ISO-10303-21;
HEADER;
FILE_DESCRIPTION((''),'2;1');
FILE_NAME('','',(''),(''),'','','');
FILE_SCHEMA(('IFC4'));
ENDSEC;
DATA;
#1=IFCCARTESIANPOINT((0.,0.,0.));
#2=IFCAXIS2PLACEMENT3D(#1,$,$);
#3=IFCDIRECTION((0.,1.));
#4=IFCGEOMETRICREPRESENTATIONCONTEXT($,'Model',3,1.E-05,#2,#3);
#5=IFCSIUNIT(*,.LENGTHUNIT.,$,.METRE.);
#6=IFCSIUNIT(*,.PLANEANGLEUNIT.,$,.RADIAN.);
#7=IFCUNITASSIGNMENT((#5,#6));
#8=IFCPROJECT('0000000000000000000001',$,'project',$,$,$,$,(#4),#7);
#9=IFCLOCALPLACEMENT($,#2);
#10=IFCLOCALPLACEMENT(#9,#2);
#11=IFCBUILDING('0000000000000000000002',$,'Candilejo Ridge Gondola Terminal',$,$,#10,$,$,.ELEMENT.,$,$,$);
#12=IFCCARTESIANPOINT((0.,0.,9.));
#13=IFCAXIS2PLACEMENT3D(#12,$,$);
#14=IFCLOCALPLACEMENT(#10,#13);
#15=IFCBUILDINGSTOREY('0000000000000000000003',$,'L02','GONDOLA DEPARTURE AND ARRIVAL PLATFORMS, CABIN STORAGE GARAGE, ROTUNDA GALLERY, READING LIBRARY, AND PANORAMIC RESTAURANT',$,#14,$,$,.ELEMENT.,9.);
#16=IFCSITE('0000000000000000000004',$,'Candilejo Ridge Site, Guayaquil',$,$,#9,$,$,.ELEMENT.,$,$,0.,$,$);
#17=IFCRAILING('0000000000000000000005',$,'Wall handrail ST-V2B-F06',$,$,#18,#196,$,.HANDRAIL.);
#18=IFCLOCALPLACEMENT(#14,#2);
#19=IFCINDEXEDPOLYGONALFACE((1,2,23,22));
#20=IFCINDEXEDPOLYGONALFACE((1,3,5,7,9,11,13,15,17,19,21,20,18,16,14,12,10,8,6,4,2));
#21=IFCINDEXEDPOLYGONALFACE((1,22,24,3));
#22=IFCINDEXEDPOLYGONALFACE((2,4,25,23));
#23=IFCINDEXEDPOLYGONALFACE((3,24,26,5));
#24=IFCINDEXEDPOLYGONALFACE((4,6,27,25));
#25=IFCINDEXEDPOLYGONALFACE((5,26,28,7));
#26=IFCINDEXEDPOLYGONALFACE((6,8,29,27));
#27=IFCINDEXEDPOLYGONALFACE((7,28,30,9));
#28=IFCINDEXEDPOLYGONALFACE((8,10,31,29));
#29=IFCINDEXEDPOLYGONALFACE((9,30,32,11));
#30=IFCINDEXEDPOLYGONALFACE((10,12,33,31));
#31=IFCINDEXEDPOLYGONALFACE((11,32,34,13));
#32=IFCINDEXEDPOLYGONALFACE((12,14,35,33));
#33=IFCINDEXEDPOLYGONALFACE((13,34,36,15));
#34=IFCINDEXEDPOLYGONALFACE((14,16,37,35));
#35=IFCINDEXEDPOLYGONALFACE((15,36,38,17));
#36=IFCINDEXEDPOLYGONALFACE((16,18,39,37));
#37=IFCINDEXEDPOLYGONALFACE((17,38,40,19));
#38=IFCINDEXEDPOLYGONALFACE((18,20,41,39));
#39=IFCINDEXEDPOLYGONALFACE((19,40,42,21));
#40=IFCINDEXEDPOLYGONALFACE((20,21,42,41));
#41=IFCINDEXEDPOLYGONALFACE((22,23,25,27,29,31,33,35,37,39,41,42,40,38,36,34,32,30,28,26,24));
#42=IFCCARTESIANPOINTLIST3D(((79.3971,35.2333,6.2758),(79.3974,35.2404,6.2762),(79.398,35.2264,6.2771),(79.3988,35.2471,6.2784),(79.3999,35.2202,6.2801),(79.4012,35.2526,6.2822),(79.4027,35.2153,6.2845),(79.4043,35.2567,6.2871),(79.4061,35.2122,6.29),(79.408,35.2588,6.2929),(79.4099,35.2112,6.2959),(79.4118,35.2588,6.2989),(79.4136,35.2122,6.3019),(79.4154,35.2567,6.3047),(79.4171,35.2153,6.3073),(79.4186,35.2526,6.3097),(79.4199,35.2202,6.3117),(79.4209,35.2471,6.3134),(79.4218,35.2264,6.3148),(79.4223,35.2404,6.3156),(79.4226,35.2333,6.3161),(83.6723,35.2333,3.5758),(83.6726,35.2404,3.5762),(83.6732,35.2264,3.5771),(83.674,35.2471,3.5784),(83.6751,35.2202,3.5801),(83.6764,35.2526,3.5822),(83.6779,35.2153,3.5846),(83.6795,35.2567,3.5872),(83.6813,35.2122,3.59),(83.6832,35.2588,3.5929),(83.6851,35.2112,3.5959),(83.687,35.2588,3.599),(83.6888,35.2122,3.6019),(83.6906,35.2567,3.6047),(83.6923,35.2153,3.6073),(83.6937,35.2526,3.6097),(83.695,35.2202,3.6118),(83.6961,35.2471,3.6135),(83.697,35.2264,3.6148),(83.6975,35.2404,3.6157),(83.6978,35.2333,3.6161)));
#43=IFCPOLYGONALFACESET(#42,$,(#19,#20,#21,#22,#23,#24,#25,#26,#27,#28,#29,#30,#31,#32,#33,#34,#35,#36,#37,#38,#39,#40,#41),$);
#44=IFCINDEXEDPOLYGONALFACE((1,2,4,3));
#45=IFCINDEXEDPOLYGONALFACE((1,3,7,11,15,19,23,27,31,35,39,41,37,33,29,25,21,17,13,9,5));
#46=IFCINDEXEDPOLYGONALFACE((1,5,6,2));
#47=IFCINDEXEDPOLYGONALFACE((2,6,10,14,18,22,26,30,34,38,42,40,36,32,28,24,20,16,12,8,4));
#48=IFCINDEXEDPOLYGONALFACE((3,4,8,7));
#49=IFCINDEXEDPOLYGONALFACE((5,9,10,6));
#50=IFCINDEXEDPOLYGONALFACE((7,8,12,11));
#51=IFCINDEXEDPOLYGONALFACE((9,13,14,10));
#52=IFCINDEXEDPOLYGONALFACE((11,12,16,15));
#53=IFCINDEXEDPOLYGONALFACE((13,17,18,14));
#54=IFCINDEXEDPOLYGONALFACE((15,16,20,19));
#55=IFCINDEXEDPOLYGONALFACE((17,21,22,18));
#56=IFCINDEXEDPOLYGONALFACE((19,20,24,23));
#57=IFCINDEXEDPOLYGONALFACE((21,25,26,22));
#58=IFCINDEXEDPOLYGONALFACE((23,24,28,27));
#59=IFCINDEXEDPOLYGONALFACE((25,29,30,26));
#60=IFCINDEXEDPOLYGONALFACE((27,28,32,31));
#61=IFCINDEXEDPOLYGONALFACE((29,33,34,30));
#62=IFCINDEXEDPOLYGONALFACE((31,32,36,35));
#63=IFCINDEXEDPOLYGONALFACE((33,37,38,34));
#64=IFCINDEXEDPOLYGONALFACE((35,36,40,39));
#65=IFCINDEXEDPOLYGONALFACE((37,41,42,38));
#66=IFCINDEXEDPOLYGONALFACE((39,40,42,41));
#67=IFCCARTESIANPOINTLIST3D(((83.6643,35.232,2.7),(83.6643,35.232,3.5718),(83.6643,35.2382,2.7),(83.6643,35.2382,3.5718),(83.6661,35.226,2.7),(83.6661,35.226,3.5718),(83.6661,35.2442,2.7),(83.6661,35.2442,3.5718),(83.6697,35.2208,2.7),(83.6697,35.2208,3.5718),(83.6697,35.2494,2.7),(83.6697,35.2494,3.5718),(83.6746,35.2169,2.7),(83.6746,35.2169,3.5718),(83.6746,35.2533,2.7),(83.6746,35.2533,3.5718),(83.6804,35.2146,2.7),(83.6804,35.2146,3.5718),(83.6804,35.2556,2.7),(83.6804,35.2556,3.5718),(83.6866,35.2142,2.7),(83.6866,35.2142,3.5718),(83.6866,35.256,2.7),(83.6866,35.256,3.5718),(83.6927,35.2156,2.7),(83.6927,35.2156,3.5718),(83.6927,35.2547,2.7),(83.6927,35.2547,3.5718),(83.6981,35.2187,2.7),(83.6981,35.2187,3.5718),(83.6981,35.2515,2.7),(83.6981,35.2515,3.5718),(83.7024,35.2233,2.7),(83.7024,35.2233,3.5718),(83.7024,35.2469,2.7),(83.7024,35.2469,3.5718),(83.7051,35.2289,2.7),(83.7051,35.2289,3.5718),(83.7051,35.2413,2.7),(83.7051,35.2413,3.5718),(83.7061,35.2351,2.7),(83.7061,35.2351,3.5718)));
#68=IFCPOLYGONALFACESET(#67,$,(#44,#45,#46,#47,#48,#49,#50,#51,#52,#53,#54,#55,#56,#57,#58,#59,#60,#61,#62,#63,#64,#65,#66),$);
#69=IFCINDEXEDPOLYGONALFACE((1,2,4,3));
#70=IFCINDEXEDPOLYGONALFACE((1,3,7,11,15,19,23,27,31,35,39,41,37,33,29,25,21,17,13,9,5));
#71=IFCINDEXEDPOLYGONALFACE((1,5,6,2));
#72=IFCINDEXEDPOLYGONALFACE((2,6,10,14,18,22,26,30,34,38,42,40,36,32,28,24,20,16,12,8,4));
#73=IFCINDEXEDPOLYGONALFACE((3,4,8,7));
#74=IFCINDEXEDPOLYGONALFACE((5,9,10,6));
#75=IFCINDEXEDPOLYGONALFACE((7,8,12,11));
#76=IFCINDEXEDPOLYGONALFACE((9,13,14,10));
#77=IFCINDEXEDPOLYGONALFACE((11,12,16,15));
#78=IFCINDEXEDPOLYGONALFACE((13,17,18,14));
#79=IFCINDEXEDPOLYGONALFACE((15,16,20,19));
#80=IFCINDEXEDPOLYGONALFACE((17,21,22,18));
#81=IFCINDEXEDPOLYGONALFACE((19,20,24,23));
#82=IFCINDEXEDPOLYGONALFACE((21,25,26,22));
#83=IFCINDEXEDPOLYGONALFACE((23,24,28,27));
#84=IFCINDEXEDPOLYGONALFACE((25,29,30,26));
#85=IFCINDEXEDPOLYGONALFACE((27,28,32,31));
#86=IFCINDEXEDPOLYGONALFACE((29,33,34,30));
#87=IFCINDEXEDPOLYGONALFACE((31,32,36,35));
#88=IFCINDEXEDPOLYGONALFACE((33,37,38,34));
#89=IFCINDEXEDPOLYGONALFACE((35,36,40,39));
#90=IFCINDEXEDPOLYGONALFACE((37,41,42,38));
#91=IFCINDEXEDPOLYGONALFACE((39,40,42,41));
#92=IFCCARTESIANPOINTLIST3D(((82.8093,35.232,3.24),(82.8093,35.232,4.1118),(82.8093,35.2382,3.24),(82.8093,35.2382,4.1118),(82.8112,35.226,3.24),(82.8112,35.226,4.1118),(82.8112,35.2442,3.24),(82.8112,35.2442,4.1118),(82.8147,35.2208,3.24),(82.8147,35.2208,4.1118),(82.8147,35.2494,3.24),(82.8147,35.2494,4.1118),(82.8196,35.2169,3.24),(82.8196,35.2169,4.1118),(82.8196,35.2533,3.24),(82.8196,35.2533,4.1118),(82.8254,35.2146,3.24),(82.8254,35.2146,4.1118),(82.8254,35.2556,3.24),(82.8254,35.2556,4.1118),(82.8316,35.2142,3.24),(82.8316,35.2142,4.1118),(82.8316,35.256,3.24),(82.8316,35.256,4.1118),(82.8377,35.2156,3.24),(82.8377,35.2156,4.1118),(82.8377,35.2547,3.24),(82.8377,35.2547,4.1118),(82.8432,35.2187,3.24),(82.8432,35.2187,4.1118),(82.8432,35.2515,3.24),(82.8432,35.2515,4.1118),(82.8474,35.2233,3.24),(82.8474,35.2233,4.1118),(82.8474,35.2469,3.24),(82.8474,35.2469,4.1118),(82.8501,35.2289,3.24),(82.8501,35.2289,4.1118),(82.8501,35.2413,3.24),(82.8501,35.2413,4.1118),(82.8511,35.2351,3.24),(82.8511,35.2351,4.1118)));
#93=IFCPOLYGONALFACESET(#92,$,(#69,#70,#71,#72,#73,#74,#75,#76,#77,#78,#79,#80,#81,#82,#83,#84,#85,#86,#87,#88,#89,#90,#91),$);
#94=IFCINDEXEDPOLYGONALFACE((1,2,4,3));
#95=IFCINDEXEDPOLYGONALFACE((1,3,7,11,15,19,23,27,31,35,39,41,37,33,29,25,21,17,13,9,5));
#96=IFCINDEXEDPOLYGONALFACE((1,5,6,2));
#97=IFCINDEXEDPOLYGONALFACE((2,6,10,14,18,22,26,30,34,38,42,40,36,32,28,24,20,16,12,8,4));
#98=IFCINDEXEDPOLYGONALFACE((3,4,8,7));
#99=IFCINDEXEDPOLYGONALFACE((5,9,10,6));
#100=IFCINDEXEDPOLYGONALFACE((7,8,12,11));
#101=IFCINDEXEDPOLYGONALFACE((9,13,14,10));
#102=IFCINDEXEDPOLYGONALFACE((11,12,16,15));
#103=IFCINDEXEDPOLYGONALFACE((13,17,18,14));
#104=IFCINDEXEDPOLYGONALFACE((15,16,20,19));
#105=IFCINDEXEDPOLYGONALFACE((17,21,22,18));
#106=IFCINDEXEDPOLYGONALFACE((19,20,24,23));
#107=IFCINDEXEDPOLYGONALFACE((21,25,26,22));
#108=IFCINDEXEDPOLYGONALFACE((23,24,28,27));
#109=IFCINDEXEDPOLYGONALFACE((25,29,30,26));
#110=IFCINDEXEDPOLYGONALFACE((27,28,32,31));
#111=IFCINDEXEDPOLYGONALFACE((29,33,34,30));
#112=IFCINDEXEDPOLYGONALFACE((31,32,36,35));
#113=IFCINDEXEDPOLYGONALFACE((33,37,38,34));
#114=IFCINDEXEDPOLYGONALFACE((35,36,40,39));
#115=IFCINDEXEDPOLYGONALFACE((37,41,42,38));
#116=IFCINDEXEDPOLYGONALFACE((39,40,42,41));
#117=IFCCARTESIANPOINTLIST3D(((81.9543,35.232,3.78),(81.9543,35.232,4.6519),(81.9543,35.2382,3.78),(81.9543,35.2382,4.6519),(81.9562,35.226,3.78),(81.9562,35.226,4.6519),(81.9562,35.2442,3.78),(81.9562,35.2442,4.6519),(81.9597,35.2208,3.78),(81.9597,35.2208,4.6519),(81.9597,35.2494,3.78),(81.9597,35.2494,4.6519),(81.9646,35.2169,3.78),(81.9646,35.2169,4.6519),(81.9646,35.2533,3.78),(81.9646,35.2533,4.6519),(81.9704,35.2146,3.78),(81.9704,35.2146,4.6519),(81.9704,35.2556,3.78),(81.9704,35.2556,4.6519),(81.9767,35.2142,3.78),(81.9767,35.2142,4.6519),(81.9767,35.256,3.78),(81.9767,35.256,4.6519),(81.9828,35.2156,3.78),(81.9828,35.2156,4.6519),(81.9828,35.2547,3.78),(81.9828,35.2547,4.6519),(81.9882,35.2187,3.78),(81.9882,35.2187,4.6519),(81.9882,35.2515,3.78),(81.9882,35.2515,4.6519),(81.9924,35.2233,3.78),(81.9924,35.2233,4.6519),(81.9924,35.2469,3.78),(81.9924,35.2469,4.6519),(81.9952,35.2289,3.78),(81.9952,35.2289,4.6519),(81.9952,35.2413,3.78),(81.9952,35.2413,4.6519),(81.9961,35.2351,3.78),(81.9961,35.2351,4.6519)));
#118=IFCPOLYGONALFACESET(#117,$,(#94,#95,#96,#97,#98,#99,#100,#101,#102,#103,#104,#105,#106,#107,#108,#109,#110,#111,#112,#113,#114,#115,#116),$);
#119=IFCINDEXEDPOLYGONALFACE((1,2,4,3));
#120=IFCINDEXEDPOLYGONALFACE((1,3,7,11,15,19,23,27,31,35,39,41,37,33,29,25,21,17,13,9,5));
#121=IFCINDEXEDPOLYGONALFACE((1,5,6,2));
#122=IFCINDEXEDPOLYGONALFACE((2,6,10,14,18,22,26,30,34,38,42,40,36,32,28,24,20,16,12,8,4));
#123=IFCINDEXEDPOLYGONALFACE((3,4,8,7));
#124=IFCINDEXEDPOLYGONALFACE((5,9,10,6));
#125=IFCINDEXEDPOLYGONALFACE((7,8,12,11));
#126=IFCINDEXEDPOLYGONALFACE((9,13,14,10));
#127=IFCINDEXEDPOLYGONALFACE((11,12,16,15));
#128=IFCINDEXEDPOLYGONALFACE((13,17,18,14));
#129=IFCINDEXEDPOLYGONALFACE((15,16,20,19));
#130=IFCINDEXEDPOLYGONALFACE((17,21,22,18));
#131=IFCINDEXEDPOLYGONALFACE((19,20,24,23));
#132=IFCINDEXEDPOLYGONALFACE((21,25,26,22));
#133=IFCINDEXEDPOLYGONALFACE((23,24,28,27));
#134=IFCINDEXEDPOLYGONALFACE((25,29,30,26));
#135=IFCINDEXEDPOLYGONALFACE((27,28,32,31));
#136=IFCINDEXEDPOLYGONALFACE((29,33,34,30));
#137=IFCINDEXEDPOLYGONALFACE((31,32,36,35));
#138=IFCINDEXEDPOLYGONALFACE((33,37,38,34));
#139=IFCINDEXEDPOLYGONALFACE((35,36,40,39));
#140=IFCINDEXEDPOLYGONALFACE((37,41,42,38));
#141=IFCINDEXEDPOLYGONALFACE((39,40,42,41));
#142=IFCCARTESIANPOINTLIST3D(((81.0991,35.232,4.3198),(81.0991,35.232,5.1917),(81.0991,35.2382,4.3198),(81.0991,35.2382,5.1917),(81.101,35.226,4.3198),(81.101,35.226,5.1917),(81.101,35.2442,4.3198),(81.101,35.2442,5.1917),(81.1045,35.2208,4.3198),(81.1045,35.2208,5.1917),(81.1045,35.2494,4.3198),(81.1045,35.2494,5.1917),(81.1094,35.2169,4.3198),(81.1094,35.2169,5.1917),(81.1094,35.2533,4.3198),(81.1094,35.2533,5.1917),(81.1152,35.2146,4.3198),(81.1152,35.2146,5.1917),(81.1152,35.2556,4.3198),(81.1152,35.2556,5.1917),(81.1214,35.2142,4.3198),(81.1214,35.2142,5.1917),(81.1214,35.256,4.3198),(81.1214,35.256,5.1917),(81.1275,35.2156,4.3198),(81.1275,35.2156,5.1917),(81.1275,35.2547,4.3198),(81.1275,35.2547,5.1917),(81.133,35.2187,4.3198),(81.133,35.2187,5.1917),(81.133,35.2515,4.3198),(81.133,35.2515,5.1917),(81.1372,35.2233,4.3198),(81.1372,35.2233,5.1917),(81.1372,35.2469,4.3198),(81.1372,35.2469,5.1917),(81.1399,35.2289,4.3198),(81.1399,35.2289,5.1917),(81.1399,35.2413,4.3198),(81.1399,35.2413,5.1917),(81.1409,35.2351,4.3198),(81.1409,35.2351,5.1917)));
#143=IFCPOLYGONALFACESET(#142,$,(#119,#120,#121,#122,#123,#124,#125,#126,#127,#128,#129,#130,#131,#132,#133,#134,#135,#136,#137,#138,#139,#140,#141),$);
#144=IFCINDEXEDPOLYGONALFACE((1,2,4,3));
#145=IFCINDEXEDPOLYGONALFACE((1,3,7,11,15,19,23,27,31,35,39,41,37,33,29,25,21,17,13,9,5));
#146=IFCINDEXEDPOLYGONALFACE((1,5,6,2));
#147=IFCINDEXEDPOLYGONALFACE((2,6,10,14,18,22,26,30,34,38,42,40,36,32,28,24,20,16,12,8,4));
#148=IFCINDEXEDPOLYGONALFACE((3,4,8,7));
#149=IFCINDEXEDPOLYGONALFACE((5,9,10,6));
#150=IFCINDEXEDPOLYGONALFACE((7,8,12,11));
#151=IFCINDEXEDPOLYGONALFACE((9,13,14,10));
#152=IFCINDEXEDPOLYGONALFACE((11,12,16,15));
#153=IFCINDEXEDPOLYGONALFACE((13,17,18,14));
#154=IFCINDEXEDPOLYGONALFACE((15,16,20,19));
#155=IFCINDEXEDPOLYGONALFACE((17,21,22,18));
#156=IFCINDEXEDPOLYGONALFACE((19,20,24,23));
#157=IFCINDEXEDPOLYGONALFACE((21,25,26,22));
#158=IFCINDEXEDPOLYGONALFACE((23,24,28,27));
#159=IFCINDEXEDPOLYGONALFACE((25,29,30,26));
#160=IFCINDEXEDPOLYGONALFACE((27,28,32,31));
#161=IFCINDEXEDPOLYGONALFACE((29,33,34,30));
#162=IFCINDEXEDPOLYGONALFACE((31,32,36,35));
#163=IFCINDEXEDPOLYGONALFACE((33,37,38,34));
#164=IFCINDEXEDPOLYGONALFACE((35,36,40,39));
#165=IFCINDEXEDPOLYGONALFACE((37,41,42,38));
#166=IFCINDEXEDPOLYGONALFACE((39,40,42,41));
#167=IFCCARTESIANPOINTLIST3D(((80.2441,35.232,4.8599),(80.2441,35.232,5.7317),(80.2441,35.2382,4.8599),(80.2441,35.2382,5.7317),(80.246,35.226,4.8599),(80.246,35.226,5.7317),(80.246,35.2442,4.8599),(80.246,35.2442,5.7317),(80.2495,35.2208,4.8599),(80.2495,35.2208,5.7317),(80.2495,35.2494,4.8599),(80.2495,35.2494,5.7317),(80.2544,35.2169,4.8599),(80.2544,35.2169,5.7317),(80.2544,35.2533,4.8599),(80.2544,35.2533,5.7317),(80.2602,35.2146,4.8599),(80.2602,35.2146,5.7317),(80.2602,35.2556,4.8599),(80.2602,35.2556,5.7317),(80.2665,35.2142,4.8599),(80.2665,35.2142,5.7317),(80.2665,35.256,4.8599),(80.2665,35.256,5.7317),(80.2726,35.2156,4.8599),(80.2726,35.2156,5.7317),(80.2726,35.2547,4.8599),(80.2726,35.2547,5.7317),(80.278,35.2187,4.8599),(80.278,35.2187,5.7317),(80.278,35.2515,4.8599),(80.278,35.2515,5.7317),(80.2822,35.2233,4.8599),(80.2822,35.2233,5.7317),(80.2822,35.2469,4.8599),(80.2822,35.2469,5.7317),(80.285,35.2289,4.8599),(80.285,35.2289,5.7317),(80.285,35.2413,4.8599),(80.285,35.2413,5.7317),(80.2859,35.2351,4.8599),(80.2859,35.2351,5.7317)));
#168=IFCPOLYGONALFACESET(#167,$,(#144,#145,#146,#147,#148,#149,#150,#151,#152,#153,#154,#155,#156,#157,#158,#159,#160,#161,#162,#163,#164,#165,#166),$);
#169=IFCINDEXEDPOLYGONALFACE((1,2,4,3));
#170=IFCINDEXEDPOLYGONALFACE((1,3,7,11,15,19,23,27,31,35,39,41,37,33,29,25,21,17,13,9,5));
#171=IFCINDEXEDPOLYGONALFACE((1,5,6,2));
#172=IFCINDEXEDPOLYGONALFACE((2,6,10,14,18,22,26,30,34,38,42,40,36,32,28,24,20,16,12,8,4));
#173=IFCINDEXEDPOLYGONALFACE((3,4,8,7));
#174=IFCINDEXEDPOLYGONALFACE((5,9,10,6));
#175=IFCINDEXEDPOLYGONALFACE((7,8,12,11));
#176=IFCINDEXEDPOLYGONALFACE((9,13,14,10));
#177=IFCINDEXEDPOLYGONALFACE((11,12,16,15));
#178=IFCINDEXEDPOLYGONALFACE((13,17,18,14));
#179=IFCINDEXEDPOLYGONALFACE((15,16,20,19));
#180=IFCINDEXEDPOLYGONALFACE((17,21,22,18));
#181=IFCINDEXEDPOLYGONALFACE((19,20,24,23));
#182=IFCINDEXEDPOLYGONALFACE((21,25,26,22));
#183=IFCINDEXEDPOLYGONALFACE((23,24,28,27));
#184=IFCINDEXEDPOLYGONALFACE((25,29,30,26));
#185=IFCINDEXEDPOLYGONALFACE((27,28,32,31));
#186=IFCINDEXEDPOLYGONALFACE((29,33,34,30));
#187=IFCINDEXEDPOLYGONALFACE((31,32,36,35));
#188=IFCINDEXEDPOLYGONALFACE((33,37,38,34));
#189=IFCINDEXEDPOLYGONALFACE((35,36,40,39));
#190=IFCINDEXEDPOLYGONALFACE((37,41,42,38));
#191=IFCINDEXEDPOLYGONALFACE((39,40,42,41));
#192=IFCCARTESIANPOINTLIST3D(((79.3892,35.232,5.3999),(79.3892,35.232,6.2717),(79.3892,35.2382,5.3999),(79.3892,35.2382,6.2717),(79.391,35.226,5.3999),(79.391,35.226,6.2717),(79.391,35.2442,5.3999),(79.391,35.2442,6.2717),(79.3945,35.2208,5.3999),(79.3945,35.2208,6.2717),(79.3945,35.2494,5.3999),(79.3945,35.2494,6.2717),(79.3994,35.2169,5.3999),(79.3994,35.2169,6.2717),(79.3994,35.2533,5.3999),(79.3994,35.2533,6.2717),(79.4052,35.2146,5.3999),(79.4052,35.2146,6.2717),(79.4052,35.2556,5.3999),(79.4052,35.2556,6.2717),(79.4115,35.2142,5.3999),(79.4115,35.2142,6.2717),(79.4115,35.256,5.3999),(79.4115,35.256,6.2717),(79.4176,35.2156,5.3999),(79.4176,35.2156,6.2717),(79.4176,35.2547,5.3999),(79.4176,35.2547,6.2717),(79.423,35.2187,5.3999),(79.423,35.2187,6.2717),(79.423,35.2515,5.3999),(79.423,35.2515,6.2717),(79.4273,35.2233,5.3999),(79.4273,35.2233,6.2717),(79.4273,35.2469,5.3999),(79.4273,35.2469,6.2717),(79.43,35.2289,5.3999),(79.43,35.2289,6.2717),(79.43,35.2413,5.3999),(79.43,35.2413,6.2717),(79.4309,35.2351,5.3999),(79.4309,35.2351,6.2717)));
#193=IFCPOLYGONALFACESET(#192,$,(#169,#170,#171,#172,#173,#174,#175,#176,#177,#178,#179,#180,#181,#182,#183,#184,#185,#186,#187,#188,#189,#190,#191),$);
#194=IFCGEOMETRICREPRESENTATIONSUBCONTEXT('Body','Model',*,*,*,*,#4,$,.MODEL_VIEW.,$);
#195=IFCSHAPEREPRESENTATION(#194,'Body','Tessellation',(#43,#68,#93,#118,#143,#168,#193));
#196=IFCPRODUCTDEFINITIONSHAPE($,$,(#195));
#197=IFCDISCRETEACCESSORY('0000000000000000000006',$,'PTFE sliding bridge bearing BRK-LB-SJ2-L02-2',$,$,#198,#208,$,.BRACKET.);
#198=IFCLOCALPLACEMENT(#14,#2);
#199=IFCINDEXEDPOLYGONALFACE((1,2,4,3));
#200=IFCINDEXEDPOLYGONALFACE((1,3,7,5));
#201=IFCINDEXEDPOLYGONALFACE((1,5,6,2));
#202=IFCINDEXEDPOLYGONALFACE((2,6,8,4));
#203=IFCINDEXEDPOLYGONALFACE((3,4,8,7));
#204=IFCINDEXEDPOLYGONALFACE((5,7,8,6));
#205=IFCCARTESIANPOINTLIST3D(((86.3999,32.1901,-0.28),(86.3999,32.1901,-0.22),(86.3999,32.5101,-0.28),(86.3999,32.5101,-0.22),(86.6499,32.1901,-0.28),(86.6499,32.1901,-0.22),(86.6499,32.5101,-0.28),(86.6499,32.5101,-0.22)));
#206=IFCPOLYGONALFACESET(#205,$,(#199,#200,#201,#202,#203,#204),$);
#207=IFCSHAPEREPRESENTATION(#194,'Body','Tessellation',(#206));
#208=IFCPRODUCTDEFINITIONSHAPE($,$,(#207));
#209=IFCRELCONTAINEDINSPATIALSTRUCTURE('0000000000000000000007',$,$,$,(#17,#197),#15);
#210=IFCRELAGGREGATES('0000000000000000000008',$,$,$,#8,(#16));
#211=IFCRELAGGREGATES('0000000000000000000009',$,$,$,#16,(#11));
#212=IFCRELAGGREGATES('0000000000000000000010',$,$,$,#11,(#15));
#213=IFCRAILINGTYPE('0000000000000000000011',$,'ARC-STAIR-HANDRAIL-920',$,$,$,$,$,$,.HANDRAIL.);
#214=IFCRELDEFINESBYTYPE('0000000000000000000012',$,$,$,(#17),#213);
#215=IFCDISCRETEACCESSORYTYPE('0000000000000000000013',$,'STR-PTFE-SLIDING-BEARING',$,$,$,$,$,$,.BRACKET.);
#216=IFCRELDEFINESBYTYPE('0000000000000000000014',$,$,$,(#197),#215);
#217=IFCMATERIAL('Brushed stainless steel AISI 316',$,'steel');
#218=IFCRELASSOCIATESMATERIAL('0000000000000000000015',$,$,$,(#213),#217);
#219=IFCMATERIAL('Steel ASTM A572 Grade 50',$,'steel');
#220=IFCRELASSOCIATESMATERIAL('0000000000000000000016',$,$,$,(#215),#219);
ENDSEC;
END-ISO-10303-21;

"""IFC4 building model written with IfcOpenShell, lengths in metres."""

from ifc_helpers import new_model, si_unit, direction, frame, origin, origin_2d, place, context, subcontext, project, spatial, rectangle, circle, extrude, material, type_object, element, save


model = new_model("IFC4")

# Units and contexts
model_context = context("Model", 3, precision=1e-05, world=origin(), true_north=direction((0.0, 1.0)))
body_context = subcontext(model_context, "Body", "Model", "MODEL_VIEW")
ifc_project = project(units=[si_unit("LENGTHUNIT", "METRE"), si_unit("PLANEANGLEUNIT", "RADIAN")], contexts=[model_context])

# Site, building, storey
site_placement = place(None, origin())
site = spatial("IfcSite", under=ifc_project, at=site_placement, Name="Candilejo Ridge Site, Guayaquil", CompositionType="ELEMENT", RefElevation=0.0)
building_placement = place(site_placement, origin())
building = spatial("IfcBuilding", under=site, at=building_placement, Name="Candilejo Ridge Gondola Terminal", CompositionType="ELEMENT")
storey_placement = place(building_placement, frame((0.0, 0.0, 9.0)))
storey = spatial("IfcBuildingStorey", under=building, at=storey_placement, Name="L02", Description="GONDOLA DEPARTURE AND ARRIVAL PLATFORMS, CABIN STORAGE GARAGE, ROTUNDA GALLERY, READING LIBRARY, AND PANORAMIC RESTAURANT", CompositionType="ELEMENT", Elevation=9.0)

# Railing
ifc_material_1 = material(Name="Brushed stainless steel AISI 316", Category="steel")
railing_type_1 = type_object("IfcRailingType", Name="ARC-STAIR-HANDRAIL-920", PredefinedType="HANDRAIL", material=ifc_material_1)
railing_1_placement = place(storey_placement, frame((83.6851, 35.2351, 2.7)))
element("IfcRailing", 1, at=railing_1_placement, inside=storey, type_object=railing_type_1, Name="Wall handrail ST-V2B-F06", PredefinedType="HANDRAIL", context=body_context, shape_type="SweptSolid", body=[
    extrude(circle(Radius=0.0239, at=origin_2d()), frame((0.0, 0.0, 0.896), z_axis=(-0.845502, 0.0, 0.533973), x_axis=(0.0, -1.0, 0.0)), (0.0, 0.0, 1.0), 5.0564),
    extrude(circle(Radius=0.021, at=origin_2d()), origin(), (0.0, 0.0, 1.0), 0.8718),
    extrude(circle(Radius=0.021, at=origin_2d()), frame((-0.855, 0.0, 0.54)), (0.0, 0.0, 1.0), 0.8718),
    extrude(circle(Radius=0.021, at=origin_2d()), frame((-1.71, 0.0, 1.0801)), (0.0, 0.0, 1.0), 0.8718),
    extrude(circle(Radius=0.021, at=origin_2d()), frame((-2.5652, 0.0, 1.6199)), (0.0, 0.0, 1.0), 0.8718),
    extrude(circle(Radius=0.021, at=origin_2d()), frame((-3.4202, 0.0, 2.1599)), (0.0, 0.0, 1.0), 0.8718),
    extrude(circle(Radius=0.021, at=origin_2d()), frame((-4.2751, 0.0, 2.7)), (0.0, 0.0, 1.0), 0.8718),
])

# Discrete accessory
ifc_material_2 = material(Name="Steel ASTM A572 Grade 50", Category="steel")
discrete_accessory_type = type_object("IfcDiscreteAccessoryType", Name="STR-PTFE-SLIDING-BEARING", PredefinedType="BRACKET", material=ifc_material_2)
discrete_accessory_placement = place(storey_placement, frame((86.5249, 32.3501, -0.28)))
element("IfcDiscreteAccessory", 2, at=discrete_accessory_placement, inside=storey, type_object=discrete_accessory_type, Name="PTFE sliding bridge bearing BRK-LB-SJ2-L02-2", PredefinedType="BRACKET", context=body_context, shape_type="SweptSolid", body=[
    extrude(rectangle(XDim=0.25, YDim=0.3201, at=origin_2d()), origin(), (0.0, 0.0, 1.0), 0.0601),
])

save(model, "model.ifc")
